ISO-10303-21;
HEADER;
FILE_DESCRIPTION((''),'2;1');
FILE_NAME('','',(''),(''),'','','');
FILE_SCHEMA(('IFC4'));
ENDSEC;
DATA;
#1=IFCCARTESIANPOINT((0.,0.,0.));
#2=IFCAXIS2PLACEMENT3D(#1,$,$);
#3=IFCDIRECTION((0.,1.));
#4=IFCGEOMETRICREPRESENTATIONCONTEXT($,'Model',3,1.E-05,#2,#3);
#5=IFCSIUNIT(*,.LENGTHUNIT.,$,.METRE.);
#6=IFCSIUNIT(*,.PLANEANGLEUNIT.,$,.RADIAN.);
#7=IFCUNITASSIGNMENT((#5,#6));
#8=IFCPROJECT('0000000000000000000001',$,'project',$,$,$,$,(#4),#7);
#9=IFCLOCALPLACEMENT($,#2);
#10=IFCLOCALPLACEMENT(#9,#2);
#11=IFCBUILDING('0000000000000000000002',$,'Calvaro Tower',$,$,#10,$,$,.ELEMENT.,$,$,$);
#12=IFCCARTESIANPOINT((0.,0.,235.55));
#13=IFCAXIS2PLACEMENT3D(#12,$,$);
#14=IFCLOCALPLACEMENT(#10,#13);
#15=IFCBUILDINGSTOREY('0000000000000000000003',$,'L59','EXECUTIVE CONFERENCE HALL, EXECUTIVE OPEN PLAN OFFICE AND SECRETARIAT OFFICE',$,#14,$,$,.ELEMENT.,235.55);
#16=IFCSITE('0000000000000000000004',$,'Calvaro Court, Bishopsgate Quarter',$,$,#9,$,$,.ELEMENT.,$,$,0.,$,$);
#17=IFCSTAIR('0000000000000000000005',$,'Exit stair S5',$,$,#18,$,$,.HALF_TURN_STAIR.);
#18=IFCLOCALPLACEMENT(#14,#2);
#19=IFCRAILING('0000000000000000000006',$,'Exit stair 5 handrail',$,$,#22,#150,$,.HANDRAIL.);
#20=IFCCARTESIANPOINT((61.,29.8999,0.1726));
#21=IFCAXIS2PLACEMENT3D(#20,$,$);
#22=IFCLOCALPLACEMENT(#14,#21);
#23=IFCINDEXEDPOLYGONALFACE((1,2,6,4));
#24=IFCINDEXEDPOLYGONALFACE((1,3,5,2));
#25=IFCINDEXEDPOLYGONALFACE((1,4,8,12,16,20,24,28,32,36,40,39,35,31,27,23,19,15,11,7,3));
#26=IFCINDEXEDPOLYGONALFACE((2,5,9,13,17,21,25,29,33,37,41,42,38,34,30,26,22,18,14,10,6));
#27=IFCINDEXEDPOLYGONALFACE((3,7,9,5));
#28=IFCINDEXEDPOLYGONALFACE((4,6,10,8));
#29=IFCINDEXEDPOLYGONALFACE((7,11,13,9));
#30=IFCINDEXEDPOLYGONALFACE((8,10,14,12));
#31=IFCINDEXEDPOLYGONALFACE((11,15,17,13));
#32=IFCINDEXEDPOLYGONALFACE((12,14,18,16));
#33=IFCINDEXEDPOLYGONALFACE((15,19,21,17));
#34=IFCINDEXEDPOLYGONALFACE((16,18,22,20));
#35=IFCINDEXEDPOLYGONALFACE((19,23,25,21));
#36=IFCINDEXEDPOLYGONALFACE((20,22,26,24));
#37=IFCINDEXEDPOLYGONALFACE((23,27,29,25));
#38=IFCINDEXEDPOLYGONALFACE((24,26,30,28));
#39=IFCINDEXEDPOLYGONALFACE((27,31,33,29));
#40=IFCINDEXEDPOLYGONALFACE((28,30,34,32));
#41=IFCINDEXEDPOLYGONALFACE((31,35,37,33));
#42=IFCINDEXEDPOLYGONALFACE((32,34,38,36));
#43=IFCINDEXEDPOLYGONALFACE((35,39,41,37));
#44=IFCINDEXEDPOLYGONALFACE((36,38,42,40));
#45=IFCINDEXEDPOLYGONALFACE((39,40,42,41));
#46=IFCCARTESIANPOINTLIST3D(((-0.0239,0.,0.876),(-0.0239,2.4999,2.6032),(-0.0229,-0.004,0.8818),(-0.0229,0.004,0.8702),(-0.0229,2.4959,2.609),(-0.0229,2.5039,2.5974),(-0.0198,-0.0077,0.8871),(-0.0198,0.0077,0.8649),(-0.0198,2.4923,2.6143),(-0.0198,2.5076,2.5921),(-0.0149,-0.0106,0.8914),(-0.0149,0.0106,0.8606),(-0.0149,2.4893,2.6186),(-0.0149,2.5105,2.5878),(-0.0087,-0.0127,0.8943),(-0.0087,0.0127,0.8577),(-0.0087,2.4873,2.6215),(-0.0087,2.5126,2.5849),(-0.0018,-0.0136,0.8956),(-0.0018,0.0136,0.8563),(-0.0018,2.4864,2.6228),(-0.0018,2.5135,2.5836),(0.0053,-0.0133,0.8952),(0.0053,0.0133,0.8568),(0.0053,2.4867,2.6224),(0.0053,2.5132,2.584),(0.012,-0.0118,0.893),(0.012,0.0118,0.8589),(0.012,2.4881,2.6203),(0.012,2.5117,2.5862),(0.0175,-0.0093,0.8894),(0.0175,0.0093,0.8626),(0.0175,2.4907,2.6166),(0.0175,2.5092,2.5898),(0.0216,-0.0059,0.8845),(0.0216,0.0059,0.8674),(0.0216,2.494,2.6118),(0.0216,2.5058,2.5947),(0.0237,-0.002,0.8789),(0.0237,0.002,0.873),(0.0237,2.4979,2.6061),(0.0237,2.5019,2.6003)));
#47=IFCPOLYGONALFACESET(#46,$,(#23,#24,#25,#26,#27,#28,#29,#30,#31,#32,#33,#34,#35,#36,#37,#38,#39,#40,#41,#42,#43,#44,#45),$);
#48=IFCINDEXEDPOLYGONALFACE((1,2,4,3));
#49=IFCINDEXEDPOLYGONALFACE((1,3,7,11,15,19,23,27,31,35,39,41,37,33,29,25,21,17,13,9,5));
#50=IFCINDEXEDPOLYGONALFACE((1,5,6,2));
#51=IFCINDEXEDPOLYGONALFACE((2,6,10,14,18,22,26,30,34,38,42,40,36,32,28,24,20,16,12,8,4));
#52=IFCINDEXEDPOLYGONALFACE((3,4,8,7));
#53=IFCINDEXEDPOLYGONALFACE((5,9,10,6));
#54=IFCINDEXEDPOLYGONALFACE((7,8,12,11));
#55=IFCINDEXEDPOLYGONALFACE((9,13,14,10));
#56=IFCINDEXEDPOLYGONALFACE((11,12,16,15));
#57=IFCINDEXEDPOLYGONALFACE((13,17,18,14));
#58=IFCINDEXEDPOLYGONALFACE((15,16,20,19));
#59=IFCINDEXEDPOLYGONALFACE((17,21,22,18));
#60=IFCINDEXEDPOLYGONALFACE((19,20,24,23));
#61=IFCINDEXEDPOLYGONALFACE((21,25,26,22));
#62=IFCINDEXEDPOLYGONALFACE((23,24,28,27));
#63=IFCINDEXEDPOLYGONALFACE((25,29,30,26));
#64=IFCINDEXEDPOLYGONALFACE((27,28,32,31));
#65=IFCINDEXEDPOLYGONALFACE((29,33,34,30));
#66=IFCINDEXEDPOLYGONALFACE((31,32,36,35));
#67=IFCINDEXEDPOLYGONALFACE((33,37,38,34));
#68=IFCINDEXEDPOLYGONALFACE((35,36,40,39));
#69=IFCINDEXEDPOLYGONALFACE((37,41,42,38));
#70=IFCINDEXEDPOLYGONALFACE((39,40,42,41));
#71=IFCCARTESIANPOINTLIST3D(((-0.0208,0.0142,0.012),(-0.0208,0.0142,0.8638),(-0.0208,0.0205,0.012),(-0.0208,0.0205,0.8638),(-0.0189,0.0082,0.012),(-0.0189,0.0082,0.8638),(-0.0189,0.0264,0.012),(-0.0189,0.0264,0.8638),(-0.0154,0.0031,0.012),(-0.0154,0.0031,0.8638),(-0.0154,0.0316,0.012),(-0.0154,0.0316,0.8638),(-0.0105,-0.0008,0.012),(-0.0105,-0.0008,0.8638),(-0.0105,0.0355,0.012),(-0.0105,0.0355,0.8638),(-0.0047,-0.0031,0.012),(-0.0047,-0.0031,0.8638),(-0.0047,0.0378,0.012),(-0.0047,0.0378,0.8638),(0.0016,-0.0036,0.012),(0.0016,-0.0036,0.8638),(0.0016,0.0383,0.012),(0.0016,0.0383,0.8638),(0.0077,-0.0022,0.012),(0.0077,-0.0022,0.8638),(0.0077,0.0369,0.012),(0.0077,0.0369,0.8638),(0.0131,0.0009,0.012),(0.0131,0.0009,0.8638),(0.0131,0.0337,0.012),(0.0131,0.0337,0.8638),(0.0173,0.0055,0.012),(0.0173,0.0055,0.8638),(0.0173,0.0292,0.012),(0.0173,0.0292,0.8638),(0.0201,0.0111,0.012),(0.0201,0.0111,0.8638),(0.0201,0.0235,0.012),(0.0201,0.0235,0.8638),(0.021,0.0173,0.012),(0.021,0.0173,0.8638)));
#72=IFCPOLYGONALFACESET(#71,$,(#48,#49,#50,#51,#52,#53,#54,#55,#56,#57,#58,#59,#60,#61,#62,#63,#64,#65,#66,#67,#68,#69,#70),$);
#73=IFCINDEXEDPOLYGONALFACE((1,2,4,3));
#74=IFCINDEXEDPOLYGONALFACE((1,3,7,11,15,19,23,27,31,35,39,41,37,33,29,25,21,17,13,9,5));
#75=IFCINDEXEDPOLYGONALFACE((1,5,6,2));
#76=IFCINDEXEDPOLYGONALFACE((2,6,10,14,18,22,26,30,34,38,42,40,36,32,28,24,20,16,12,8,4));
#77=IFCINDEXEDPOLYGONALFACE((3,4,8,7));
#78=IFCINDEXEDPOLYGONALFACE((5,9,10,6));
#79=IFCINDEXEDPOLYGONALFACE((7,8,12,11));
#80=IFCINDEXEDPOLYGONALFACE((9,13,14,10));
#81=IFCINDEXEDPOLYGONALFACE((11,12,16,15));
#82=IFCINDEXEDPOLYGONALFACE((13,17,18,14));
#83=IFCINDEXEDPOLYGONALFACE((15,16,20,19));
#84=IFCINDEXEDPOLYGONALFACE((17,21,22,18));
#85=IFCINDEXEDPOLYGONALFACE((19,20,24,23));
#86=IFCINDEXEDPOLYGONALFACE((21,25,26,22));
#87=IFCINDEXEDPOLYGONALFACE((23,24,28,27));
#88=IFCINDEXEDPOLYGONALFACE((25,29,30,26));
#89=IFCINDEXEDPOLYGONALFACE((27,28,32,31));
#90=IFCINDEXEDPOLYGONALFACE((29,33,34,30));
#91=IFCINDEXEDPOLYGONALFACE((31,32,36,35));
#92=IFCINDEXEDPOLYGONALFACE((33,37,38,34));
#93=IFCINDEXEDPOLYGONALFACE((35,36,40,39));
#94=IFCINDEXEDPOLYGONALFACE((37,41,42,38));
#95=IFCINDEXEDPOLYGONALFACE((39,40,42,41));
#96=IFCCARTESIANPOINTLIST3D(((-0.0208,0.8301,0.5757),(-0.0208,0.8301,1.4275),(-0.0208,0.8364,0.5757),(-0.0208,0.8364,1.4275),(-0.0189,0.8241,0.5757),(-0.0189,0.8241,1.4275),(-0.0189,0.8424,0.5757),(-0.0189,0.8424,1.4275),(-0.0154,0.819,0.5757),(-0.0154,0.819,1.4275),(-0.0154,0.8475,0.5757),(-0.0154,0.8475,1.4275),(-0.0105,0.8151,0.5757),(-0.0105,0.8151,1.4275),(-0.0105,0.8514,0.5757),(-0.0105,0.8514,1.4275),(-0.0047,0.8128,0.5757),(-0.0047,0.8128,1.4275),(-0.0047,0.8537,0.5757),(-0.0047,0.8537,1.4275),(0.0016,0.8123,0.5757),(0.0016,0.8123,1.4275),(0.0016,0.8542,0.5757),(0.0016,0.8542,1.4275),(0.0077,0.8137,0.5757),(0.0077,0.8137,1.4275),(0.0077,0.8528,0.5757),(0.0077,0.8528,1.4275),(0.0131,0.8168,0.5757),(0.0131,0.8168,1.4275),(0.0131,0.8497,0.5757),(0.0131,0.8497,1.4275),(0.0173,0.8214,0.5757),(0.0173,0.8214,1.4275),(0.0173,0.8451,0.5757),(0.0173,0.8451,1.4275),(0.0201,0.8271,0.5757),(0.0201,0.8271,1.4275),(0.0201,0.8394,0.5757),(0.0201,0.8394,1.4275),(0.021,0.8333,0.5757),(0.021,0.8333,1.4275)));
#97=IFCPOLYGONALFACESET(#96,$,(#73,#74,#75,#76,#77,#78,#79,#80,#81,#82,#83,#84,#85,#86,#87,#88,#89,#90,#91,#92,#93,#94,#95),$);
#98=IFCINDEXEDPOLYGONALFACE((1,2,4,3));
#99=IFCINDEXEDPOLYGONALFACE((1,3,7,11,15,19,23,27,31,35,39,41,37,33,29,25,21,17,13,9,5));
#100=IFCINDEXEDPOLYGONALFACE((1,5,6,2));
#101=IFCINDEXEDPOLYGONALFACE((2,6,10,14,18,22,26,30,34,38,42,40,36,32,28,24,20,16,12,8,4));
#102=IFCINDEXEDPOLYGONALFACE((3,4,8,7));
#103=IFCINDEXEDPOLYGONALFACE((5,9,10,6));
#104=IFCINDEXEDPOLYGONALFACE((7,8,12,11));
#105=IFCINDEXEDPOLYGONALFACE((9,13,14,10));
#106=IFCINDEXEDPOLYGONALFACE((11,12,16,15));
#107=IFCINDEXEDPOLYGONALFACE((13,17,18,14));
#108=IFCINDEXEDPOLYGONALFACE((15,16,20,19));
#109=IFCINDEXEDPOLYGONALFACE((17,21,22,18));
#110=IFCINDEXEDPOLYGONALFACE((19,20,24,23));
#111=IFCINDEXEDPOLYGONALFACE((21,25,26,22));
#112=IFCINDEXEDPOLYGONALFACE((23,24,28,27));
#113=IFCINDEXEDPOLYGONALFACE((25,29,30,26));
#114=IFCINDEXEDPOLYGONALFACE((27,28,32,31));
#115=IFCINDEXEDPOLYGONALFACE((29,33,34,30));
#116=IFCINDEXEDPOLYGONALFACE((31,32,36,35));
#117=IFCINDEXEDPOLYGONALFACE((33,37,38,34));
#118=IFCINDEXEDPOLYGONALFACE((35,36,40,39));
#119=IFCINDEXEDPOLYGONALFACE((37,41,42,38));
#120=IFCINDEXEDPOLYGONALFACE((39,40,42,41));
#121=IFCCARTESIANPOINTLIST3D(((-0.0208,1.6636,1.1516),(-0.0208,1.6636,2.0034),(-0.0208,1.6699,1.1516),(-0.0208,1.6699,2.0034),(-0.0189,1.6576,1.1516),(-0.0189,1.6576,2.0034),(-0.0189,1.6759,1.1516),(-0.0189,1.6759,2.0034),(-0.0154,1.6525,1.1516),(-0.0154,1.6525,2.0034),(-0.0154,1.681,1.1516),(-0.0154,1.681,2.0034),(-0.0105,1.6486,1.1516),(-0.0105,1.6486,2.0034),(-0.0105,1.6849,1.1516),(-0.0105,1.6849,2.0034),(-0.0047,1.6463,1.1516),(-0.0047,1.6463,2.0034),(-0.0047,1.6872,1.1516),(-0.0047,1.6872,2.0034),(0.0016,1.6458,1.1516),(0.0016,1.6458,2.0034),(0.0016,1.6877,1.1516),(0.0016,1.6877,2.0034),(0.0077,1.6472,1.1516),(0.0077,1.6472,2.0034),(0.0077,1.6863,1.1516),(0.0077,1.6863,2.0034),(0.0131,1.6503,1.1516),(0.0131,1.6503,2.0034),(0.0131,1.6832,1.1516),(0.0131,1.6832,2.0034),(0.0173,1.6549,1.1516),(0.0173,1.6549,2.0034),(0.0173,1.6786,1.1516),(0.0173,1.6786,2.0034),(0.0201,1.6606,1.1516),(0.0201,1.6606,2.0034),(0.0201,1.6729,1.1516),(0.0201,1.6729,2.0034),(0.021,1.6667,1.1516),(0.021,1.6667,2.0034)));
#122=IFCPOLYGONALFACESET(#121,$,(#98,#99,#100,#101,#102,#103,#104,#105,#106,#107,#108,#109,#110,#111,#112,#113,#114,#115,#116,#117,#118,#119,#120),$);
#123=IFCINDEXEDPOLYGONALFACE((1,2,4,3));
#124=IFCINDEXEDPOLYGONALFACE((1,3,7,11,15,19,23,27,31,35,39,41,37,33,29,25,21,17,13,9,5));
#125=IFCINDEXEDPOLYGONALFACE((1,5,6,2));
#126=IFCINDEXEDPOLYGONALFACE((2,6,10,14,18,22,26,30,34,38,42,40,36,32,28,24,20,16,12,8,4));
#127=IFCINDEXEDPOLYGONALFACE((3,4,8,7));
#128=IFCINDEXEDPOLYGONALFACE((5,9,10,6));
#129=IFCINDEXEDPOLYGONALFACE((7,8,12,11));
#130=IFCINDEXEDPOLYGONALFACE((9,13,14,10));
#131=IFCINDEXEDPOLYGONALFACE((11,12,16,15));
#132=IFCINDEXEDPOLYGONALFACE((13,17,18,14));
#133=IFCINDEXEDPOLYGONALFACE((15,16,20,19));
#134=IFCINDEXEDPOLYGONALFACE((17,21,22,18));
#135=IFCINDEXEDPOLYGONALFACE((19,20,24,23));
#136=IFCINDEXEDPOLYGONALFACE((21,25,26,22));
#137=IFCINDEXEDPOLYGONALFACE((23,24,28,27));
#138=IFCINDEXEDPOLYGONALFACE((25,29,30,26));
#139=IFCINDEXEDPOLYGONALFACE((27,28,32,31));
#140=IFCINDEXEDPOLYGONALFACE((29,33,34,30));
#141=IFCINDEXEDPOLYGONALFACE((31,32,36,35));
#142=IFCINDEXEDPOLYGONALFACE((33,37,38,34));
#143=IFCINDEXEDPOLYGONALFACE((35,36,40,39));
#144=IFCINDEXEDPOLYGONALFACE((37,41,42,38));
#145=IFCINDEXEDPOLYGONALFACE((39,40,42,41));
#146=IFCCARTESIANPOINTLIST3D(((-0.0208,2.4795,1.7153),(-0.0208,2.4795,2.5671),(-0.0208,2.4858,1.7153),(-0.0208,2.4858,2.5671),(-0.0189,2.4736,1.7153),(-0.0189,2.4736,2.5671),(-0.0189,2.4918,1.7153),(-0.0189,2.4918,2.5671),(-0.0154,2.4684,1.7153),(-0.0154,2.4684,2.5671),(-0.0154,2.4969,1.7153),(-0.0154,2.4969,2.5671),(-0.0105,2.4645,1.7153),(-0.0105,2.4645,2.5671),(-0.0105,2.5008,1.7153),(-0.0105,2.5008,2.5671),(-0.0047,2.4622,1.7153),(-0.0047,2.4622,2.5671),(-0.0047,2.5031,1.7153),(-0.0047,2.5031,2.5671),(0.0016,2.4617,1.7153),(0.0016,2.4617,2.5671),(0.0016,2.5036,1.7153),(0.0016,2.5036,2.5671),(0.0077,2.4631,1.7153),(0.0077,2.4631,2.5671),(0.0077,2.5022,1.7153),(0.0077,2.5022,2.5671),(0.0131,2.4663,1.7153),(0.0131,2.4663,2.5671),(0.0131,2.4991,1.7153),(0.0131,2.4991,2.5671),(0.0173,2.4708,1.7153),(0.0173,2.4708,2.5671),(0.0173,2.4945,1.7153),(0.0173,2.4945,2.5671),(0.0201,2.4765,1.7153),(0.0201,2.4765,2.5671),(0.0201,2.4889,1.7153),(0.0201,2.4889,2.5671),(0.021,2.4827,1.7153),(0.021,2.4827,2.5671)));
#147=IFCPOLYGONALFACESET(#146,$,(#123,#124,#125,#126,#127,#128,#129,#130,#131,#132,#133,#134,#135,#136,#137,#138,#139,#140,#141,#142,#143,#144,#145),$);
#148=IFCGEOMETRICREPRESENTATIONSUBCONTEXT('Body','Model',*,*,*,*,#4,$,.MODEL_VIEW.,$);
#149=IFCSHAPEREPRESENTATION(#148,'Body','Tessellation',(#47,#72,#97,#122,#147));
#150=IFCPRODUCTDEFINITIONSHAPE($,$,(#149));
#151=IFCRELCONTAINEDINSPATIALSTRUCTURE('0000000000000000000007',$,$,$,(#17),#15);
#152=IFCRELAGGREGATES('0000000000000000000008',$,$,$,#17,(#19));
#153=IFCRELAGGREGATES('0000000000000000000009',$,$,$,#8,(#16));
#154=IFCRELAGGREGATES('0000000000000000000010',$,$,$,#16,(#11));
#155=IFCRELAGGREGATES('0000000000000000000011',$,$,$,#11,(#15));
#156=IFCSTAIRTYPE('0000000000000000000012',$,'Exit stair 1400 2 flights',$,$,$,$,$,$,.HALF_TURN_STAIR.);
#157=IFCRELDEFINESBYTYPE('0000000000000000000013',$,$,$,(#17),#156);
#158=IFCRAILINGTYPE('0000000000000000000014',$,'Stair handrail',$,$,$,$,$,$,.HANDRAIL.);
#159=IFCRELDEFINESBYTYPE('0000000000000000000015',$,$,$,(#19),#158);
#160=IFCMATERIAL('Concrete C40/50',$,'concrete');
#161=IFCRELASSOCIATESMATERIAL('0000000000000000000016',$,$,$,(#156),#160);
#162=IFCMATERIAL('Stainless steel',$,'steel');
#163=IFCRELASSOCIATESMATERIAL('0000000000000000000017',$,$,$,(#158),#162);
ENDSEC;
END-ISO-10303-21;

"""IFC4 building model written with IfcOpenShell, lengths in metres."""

from ifc_helpers import new_model, si_unit, direction, frame, origin, origin_2d, place, context, subcontext, project, spatial, circle, extrude, material, type_object, element, aggregate, save


model = new_model("IFC4")

# Units and contexts
model_context = context("Model", 3, precision=1e-05, world=origin(), true_north=direction((0.0, 1.0)))
body_context = subcontext(model_context, "Body", "Model", "MODEL_VIEW")
ifc_project = project(units=[si_unit("LENGTHUNIT", "METRE"), si_unit("PLANEANGLEUNIT", "RADIAN")], contexts=[model_context])

# Site, building, storey
site_placement = place(None, origin())
site = spatial("IfcSite", under=ifc_project, at=site_placement, Name="Calvaro Court, Bishopsgate Quarter", CompositionType="ELEMENT", RefElevation=0.0)
building_placement = place(site_placement, origin())
building = spatial("IfcBuilding", under=site, at=building_placement, Name="Calvaro Tower", CompositionType="ELEMENT")
storey_placement = place(building_placement, frame((0.0, 0.0, 235.55)))
storey = spatial("IfcBuildingStorey", under=building, at=storey_placement, Name="L59", Description="EXECUTIVE CONFERENCE HALL, EXECUTIVE OPEN PLAN OFFICE AND SECRETARIAT OFFICE", CompositionType="ELEMENT", Elevation=235.55)

# Shared definitions
ifc_material_1 = material(Name="Concrete C40/50", Category="concrete")
stair_type = type_object("IfcStairType", Name="Exit stair 1400 2 flights", PredefinedType="HALF_TURN_STAIR", material=ifc_material_1)

# Stair
stair_1_placement = place(storey_placement, origin())
stair_1 = element("IfcStair", 1, at=stair_1_placement, inside=storey, type_object=stair_type, Name="Exit stair S5", PredefinedType="HALF_TURN_STAIR")

# Railing
ifc_material_2 = material(Name="Stainless steel", Category="steel")
railing_type = type_object("IfcRailingType", Name="Stair handrail", PredefinedType="HANDRAIL", material=ifc_material_2)
railing_1_placement = place(storey_placement, frame((61.0, 29.8999, 0.1726)))
railing_1 = element("IfcRailing", 2, at=railing_1_placement, type_object=railing_type, Name="Exit stair 5 handrail", PredefinedType="HANDRAIL", context=body_context, shape_type="SweptSolid", body=[
    extrude(circle(Radius=0.0239, at=origin_2d()), frame((0.0, 0.0, 0.876), z_axis=(0.0, 0.822727, 0.568437), x_axis=(-1.0, 0.0, 0.0)), (0.0, 0.0, 1.0), 3.0386),
    extrude(circle(Radius=0.021, at=origin_2d()), frame((0.0, 0.0173, 0.012)), (0.0, 0.0, 1.0), 0.8518),
    extrude(circle(Radius=0.021, at=origin_2d()), frame((0.0, 0.8333, 0.5757)), (0.0, 0.0, 1.0), 0.8518),
    extrude(circle(Radius=0.021, at=origin_2d()), frame((0.0, 1.6667, 1.1516)), (0.0, 0.0, 1.0), 0.8518),
    extrude(circle(Radius=0.021, at=origin_2d()), frame((0.0, 2.4827, 1.7153)), (0.0, 0.0, 1.0), 0.8518),
])
aggregate(stair_1, [railing_1])

save(model, "model.ifc")
